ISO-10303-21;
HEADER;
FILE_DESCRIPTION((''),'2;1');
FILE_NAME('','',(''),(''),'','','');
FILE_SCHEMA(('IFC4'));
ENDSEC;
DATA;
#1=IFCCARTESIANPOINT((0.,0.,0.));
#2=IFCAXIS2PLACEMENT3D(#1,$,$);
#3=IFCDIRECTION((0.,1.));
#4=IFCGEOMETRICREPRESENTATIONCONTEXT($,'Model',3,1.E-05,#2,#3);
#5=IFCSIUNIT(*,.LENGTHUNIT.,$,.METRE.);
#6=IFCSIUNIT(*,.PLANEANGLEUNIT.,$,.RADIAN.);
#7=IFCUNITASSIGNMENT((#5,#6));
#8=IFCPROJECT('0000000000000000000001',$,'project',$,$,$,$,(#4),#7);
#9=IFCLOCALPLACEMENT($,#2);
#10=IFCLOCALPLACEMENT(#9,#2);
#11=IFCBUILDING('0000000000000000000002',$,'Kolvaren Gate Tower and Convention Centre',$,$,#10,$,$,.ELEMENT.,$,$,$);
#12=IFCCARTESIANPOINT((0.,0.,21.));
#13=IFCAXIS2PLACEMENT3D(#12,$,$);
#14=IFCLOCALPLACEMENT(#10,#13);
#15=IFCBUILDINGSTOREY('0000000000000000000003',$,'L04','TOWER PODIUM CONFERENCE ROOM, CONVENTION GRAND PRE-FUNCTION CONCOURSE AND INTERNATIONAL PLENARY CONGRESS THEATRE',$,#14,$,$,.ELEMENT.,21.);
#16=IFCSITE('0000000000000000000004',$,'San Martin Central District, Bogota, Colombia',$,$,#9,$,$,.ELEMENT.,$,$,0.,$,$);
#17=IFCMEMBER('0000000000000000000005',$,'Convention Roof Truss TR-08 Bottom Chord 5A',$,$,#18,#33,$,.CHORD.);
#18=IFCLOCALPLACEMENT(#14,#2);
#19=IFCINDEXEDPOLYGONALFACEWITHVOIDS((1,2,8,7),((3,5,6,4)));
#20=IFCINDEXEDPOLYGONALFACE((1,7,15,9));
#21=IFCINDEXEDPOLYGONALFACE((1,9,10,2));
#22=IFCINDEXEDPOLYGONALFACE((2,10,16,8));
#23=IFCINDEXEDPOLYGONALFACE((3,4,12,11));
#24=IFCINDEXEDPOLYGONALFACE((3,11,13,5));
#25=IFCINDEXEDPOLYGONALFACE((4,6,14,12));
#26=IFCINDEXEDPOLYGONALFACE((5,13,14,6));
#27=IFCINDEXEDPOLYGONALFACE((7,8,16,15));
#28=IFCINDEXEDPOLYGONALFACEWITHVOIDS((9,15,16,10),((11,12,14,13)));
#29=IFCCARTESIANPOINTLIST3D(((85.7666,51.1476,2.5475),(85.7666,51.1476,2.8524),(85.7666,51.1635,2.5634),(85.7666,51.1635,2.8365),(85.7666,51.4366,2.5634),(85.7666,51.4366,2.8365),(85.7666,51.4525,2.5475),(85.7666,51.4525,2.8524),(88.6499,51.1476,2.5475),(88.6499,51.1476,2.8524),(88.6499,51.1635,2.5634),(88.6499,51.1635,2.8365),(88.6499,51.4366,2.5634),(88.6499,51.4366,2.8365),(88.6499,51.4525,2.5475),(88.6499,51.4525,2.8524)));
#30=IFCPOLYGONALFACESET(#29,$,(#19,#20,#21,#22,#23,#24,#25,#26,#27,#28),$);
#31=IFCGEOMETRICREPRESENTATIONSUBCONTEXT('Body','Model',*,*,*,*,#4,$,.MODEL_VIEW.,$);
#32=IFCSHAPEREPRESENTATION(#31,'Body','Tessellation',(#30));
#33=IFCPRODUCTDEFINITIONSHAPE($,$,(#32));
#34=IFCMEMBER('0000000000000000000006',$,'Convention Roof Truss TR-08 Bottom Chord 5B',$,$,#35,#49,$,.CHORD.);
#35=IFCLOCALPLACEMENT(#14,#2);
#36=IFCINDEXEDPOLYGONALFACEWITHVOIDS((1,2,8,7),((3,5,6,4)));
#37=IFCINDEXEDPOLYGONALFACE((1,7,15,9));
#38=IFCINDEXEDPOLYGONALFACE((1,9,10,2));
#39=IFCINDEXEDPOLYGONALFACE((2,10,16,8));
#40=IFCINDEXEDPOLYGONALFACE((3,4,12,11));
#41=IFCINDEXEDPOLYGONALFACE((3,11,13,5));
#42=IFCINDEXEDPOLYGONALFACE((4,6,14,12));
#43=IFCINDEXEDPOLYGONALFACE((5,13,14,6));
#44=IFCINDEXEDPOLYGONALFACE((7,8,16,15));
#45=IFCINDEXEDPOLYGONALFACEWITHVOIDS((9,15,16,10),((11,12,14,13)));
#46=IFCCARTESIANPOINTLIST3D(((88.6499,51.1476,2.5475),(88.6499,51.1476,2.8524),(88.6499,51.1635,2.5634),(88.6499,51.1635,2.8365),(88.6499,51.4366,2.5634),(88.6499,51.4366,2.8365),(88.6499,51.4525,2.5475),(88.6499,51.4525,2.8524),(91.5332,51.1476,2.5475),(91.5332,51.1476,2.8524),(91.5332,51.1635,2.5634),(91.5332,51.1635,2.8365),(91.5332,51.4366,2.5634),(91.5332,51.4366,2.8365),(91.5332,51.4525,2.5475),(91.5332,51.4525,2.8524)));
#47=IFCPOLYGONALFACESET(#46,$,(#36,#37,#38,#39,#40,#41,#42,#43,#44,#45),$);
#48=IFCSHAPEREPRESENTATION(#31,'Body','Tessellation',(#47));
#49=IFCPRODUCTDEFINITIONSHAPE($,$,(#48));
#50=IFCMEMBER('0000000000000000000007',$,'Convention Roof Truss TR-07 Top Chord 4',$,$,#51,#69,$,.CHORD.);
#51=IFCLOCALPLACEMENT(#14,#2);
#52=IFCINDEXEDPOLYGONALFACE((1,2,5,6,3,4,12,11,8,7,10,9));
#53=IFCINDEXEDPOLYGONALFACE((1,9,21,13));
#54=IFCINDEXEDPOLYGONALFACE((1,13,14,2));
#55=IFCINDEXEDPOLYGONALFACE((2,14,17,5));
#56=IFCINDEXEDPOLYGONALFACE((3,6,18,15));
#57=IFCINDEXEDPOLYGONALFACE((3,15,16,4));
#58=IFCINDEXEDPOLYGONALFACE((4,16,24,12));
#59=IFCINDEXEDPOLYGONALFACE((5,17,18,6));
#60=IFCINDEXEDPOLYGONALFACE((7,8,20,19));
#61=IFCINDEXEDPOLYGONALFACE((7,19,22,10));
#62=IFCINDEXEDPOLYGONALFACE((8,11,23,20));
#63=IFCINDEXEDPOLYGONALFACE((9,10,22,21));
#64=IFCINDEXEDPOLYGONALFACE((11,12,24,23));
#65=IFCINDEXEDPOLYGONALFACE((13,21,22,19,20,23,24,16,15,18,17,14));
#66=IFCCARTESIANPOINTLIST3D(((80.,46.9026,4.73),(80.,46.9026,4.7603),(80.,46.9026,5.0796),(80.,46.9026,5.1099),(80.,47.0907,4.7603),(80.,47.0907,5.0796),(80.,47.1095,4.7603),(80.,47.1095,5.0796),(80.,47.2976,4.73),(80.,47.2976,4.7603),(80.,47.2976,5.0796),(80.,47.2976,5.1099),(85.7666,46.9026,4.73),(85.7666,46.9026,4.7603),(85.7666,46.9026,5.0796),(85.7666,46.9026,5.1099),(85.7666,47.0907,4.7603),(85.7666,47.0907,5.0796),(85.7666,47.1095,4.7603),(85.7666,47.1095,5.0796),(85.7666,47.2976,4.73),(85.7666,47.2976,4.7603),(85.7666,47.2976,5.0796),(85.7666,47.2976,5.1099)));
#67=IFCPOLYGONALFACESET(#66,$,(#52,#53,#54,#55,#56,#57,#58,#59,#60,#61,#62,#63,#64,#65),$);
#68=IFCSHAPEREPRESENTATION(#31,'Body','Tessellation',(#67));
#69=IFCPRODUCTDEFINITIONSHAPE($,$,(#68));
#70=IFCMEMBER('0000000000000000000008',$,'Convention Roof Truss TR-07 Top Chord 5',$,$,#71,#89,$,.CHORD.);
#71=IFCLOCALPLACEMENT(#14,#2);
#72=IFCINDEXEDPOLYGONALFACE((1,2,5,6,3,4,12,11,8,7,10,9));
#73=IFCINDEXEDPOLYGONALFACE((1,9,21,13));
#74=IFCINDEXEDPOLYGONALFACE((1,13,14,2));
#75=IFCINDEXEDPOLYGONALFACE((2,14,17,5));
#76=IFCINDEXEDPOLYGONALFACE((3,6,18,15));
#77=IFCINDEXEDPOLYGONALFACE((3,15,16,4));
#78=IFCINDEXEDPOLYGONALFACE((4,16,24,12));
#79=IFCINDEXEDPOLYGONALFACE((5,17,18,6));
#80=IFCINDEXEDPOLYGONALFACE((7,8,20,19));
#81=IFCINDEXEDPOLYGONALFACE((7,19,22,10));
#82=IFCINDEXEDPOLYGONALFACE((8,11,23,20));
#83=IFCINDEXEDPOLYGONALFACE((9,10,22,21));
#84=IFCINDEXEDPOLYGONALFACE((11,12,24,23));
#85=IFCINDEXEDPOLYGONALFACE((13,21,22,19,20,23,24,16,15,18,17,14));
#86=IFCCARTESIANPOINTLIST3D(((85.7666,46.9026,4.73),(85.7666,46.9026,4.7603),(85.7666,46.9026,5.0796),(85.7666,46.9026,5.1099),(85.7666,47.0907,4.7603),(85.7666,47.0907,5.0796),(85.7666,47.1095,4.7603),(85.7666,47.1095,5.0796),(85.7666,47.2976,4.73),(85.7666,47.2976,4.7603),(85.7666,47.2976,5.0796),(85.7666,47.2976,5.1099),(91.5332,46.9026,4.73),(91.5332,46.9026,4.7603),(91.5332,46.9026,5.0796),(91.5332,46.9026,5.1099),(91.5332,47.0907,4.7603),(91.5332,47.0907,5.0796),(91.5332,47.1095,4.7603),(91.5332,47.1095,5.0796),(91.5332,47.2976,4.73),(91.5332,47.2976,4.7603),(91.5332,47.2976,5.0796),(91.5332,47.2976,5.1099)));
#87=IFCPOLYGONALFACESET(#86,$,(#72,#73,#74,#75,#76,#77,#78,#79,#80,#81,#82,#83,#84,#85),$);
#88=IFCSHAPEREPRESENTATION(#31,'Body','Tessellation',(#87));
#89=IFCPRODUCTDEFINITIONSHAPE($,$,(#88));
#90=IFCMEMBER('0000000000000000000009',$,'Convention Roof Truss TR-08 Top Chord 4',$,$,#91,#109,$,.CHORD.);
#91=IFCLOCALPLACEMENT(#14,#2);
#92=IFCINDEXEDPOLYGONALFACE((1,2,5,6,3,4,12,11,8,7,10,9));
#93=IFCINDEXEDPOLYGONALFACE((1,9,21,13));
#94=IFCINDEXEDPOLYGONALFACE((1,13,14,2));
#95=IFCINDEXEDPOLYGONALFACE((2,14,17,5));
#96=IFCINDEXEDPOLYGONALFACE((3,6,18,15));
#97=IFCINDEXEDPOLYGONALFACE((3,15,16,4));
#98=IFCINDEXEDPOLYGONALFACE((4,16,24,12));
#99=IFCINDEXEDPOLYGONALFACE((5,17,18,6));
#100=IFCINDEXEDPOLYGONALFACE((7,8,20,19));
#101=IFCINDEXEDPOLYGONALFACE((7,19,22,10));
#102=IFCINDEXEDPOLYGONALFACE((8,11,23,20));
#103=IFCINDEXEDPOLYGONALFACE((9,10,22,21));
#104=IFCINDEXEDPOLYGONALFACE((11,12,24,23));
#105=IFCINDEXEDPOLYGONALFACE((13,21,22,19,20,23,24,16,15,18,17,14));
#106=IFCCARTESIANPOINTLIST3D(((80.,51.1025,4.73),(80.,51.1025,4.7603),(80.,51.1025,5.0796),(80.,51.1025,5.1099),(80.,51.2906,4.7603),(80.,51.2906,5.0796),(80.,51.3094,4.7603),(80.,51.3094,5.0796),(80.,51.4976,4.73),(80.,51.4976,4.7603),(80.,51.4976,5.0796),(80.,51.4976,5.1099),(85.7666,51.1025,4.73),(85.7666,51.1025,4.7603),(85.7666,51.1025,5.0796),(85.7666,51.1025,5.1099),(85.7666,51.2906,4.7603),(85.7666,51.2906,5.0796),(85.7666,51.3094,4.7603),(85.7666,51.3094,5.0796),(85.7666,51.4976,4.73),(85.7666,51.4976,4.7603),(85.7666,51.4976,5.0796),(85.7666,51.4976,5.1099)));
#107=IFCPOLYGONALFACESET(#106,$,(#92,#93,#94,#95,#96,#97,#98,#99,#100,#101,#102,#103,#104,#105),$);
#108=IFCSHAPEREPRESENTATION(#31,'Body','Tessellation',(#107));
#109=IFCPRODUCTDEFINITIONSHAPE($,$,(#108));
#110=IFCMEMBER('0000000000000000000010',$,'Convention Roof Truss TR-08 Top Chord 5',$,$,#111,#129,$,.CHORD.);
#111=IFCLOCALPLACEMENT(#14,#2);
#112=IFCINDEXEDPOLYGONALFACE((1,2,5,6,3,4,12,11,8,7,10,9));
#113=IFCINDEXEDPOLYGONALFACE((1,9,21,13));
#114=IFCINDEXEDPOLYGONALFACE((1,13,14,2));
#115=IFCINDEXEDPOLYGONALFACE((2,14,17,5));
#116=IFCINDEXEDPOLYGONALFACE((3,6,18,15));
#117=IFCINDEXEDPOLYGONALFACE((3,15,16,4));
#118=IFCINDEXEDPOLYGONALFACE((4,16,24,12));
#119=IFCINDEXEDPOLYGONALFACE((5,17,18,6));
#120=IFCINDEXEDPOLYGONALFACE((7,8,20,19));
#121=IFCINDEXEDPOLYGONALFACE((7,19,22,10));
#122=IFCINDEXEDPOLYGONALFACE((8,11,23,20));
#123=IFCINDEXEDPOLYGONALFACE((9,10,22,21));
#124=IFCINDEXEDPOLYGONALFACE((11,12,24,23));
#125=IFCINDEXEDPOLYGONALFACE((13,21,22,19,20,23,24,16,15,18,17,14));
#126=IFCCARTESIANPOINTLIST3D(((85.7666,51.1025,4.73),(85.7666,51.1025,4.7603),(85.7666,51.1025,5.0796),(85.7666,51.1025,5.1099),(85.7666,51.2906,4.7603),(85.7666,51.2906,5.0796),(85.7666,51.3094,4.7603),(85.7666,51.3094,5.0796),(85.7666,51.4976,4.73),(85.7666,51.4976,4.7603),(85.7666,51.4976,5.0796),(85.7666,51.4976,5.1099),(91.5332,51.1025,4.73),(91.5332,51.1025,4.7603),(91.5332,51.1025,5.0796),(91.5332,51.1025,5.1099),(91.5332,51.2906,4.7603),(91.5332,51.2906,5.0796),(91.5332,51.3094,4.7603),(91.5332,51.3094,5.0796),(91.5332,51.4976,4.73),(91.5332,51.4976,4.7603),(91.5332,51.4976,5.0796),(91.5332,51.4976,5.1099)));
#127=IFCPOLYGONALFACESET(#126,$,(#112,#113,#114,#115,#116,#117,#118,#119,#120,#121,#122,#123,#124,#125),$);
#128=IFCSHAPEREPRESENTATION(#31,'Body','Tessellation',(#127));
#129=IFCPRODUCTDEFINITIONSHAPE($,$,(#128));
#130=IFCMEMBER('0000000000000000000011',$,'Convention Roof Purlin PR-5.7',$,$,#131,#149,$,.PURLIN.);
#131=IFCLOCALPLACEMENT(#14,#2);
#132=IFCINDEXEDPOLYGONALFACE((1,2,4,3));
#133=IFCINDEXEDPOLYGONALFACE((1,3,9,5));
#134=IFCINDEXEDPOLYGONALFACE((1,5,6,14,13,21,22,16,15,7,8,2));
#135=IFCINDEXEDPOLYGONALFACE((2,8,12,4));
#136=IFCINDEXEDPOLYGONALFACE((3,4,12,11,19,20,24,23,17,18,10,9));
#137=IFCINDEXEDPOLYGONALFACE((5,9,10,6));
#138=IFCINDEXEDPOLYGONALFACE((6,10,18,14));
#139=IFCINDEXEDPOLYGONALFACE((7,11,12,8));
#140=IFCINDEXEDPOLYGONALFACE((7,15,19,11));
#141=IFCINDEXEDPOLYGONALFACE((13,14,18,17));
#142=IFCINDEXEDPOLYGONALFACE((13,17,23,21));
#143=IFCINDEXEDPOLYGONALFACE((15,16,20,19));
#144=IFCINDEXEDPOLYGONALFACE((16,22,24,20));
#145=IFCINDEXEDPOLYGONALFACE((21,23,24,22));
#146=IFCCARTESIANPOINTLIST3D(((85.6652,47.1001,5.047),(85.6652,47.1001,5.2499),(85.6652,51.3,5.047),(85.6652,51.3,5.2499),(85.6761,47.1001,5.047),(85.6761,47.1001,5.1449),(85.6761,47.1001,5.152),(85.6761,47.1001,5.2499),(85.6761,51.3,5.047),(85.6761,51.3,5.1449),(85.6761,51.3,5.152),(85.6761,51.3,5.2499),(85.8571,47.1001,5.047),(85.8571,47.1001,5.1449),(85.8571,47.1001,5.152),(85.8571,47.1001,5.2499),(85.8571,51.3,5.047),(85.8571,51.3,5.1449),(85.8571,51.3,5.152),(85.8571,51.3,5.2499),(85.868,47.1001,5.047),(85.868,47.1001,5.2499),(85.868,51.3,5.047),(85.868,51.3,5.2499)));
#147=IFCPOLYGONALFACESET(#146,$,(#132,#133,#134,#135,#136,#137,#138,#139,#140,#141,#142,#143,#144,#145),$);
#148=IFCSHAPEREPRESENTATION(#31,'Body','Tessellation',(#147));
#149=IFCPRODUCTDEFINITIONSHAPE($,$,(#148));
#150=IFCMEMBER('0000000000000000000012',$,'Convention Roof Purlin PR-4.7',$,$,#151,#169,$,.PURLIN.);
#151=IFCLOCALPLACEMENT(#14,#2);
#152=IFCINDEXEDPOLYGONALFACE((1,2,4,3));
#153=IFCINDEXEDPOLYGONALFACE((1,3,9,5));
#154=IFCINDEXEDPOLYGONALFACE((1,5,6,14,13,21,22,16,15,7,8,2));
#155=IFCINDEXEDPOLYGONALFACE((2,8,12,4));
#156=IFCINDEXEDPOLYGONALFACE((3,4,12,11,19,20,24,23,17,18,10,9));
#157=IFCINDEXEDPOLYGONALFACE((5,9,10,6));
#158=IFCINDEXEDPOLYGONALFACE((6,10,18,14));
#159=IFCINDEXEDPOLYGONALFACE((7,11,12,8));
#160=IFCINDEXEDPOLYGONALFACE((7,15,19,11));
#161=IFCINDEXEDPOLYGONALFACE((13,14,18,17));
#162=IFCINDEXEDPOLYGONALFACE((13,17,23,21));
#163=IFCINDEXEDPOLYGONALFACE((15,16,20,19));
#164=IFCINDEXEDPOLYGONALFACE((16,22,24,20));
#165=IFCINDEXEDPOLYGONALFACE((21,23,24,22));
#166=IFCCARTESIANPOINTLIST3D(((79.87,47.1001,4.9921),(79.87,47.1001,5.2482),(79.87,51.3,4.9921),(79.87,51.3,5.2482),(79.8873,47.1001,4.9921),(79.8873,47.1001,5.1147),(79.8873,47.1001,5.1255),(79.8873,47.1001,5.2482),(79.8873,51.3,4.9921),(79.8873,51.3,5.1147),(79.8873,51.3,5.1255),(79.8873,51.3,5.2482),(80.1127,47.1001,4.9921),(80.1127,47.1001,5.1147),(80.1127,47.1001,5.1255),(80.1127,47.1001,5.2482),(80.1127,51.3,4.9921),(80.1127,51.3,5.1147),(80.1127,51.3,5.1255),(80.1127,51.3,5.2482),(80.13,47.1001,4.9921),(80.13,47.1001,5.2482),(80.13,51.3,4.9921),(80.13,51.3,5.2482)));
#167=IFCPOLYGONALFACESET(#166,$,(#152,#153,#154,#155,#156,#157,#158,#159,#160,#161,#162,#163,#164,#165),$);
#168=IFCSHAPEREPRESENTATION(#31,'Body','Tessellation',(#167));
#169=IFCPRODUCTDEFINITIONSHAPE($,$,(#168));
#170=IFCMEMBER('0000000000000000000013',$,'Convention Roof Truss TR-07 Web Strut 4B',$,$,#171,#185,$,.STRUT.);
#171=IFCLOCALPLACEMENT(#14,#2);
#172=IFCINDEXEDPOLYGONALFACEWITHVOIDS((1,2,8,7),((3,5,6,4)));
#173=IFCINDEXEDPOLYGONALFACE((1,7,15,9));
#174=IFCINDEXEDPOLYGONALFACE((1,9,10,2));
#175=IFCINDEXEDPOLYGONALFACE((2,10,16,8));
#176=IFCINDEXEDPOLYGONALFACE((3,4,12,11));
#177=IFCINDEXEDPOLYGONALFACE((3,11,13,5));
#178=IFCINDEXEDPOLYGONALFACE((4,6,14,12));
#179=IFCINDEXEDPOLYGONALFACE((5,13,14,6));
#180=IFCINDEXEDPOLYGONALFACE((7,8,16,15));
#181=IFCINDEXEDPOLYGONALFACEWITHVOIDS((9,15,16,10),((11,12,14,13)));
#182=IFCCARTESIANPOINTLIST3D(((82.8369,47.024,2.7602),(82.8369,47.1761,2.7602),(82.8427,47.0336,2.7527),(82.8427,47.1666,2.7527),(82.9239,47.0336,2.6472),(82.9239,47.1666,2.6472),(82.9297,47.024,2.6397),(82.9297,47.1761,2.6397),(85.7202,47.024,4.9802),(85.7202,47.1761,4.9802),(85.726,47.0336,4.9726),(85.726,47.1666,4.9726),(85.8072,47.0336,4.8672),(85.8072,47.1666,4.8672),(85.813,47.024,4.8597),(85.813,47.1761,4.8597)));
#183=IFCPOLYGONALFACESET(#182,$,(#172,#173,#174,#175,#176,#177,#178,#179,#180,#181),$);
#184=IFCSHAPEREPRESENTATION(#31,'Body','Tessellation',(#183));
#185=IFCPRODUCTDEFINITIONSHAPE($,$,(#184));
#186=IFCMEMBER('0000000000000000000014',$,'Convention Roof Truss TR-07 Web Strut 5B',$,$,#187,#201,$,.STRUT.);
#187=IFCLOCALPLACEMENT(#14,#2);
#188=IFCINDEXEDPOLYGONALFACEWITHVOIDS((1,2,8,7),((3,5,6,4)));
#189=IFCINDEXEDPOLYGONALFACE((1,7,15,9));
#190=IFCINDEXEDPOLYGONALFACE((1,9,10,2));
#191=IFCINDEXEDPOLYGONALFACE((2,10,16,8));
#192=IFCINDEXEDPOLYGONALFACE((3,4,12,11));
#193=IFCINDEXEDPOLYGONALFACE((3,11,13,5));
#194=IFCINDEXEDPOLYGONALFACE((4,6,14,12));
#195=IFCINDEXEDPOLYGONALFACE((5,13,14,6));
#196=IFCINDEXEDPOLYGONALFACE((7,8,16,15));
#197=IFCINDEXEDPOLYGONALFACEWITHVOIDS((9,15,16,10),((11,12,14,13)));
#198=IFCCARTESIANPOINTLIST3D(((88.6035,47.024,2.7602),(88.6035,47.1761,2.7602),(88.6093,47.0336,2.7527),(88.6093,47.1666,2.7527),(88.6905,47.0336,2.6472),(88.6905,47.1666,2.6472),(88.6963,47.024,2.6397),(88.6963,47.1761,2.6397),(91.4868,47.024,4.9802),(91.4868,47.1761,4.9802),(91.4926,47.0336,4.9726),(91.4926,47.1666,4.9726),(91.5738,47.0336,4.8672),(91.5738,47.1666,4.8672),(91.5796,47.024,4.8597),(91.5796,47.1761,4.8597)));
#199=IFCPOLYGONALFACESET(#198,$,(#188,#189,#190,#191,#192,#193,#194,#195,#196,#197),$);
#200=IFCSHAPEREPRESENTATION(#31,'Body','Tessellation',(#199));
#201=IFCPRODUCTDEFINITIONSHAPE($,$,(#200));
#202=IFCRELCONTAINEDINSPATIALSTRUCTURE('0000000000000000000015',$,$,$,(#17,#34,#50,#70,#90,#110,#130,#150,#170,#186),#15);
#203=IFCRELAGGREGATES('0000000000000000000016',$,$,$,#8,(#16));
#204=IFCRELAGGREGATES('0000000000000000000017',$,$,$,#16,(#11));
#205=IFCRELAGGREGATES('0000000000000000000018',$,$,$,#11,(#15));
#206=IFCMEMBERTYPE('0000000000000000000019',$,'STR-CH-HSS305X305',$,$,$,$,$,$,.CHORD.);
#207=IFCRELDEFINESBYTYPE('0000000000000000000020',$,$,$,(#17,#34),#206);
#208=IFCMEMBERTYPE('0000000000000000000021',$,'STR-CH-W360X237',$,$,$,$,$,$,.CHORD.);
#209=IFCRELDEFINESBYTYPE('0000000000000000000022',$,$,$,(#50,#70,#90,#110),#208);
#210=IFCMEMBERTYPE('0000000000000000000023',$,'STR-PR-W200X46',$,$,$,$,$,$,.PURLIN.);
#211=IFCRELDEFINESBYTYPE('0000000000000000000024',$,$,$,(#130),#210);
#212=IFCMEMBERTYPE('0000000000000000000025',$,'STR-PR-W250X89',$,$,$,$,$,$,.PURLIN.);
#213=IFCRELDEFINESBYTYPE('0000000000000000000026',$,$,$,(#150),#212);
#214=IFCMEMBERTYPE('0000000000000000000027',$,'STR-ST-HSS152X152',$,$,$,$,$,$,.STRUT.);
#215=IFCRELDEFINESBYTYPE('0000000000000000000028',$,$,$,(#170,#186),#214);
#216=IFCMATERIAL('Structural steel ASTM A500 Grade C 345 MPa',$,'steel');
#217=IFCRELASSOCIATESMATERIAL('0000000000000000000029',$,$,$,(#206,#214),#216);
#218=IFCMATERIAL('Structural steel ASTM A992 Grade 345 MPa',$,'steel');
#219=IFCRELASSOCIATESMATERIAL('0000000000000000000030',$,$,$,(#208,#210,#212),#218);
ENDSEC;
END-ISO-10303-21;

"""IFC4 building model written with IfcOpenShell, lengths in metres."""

from ifc_helpers import new_model, si_unit, direction, frame, origin, origin_2d, place, context, subcontext, project, spatial, hollow_rectangle, i_section, extrude, material, material_profile, profile_set, type_object, element, save


model = new_model("IFC4")

# Units and contexts
model_context = context("Model", 3, precision=1e-05, world=origin(), true_north=direction((0.0, 1.0)))
body_context = subcontext(model_context, "Body", "Model", "MODEL_VIEW")
ifc_project = project(units=[si_unit("LENGTHUNIT", "METRE"), si_unit("PLANEANGLEUNIT", "RADIAN")], contexts=[model_context])

# Site, building, storey
site_placement = place(None, origin())
site = spatial("IfcSite", under=ifc_project, at=site_placement, Name="San Martin Central District, Bogota, Colombia", CompositionType="ELEMENT", RefElevation=0.0)
building_placement = place(site_placement, origin())
building = spatial("IfcBuilding", under=site, at=building_placement, Name="Kolvaren Gate Tower and Convention Centre", CompositionType="ELEMENT")
storey_placement = place(building_placement, frame((0.0, 0.0, 21.0)))
storey = spatial("IfcBuildingStorey", under=building, at=storey_placement, Name="L04", Description="TOWER PODIUM CONFERENCE ROOM, CONVENTION GRAND PRE-FUNCTION CONCOURSE AND INTERNATIONAL PLENARY CONGRESS THEATRE", CompositionType="ELEMENT", Elevation=21.0)

# Shared definitions
ifc_material_1 = material(Name="Structural steel ASTM A992 Grade 345 MPa", Category="steel")

# Members
ifc_material_2 = material(Name="Structural steel ASTM A500 Grade C 345 MPa", Category="steel")
ifc_material_profile_1 = material_profile(ifc_material_2, hollow_rectangle(XDim=0.3049, YDim=0.3049, WallThickness=0.0159, at=origin_2d()), Name="HSS305X305X15.9")
ifc_profile_set_1 = profile_set([ifc_material_profile_1], Name="Structural steel ASTM A500 Grade C 345 MPa")
member_type_1 = type_object("IfcMemberType", Name="STR-CH-HSS305X305", PredefinedType="CHORD", material=ifc_profile_set_1)
for number, where, z_axis, x_axis, name in (
    (1, (85.7666, 51.3, 2.7), (1.0, 0.0, 0.0), (0.0, 1.0, 0.0), "Convention Roof Truss TR-08 Bottom Chord 5A"),
    (2, (88.6499, 51.3, 2.7), (1.0, 0.0, 0.0), (0.0, 1.0, 0.0), "Convention Roof Truss TR-08 Bottom Chord 5B"),
):
    element("IfcMember", number, at=place(storey_placement, frame(where, z_axis=z_axis, x_axis=x_axis)), inside=storey, type_object=member_type_1, Name=name, PredefinedType="CHORD", context=body_context, shape_type="SweptSolid", body=[
        extrude(hollow_rectangle(XDim=0.3049, YDim=0.3049, WallThickness=0.0159, at=origin_2d()), origin(), (0.0, 0.0, 1.0), 2.8833),
    ])
ifc_material_profile_2 = material_profile(ifc_material_1, i_section(OverallWidth=0.395, OverallDepth=0.3799, WebThickness=0.0188, FlangeThickness=0.0303, at=origin_2d()), Name="W360X237")
ifc_profile_set_2 = profile_set([ifc_material_profile_2], Name="Structural steel ASTM A992 Grade 345 MPa")
member_type_2 = type_object("IfcMemberType", Name="STR-CH-W360X237", PredefinedType="CHORD", material=ifc_profile_set_2)
for number, where, z_axis, x_axis, name in (
    (3, (80.0, 47.1001, 4.9199), (1.0, 0.0, 0.0), (0.0, 1.0, 0.0), "Convention Roof Truss TR-07 Top Chord 4"),
    (4, (85.7666, 47.1001, 4.9199), (1.0, 0.0, 0.0), (0.0, 1.0, 0.0), "Convention Roof Truss TR-07 Top Chord 5"),
    (5, (80.0, 51.3, 4.9199), (1.0, 0.0, 0.0), (0.0, 1.0, 0.0), "Convention Roof Truss TR-08 Top Chord 4"),
    (6, (85.7666, 51.3, 4.9199), (1.0, 0.0, 0.0), (0.0, 1.0, 0.0), "Convention Roof Truss TR-08 Top Chord 5"),
):
    element("IfcMember", number, at=place(storey_placement, frame(where, z_axis=z_axis, x_axis=x_axis)), inside=storey, type_object=member_type_2, Name=name, PredefinedType="CHORD", context=body_context, shape_type="SweptSolid", body=[
        extrude(i_section(OverallWidth=0.395, OverallDepth=0.3799, WebThickness=0.0188, FlangeThickness=0.0303, at=origin_2d()), origin(), (0.0, 0.0, 1.0), 5.7666),
    ])
ifc_material_profile_3 = material_profile(ifc_material_1, i_section(OverallWidth=0.2029, OverallDepth=0.2029, WebThickness=0.0071, FlangeThickness=0.011, at=origin_2d()), Name="W200X46")
ifc_profile_set_3 = profile_set([ifc_material_profile_3], Name="Structural steel ASTM A992 Grade 345 MPa")
member_type_3 = type_object("IfcMemberType", Name="STR-PR-W200X46", PredefinedType="PURLIN", material=ifc_profile_set_3)
member_1_placement = place(storey_placement, frame((85.7666, 47.1001, 5.1484), z_axis=(0.0, 1.0, 0.0), x_axis=(0.0, 0.0, 1.0)))
element("IfcMember", 7, at=member_1_placement, inside=storey, type_object=member_type_3, Name="Convention Roof Purlin PR-5.7", PredefinedType="PURLIN", context=body_context, shape_type="SweptSolid", body=[
    extrude(i_section(OverallWidth=0.2029, OverallDepth=0.2029, WebThickness=0.0071, FlangeThickness=0.011, at=origin_2d()), origin(), (0.0, 0.0, 1.0), 4.2),
])
ifc_material_profile_4 = material_profile(ifc_material_1, i_section(OverallWidth=0.2561, OverallDepth=0.26, WebThickness=0.0107, FlangeThickness=0.0173, at=origin_2d()), Name="W250X89")
ifc_profile_set_4 = profile_set([ifc_material_profile_4], Name="Structural steel ASTM A992 Grade 345 MPa")
member_type_4 = type_object("IfcMemberType", Name="STR-PR-W250X89", PredefinedType="PURLIN", material=ifc_profile_set_4)
member_2_placement = place(storey_placement, frame((80.0, 47.1001, 5.1201), z_axis=(0.0, 1.0, 0.0), x_axis=(0.0, 0.0, 1.0)))
element("IfcMember", 8, at=member_2_placement, inside=storey, type_object=member_type_4, Name="Convention Roof Purlin PR-4.7", PredefinedType="PURLIN", context=body_context, shape_type="SweptSolid", body=[
    extrude(i_section(OverallWidth=0.2561, OverallDepth=0.26, WebThickness=0.0107, FlangeThickness=0.0173, at=origin_2d()), origin(), (0.0, 0.0, 1.0), 4.2),
])
ifc_material_profile_5 = material_profile(ifc_material_2, hollow_rectangle(XDim=0.1521, YDim=0.1521, WallThickness=0.0095, at=origin_2d()), Name="HSS152X152X9.5")
ifc_profile_set_5 = profile_set([ifc_material_profile_5], Name="Structural steel ASTM A500 Grade C 345 MPa")
member_type_5 = type_object("IfcMemberType", Name="STR-ST-HSS152X152", PredefinedType="STRUT", material=ifc_profile_set_5)
for number, where, z_axis, x_axis, name in (
    (9, (82.8833, 47.1001, 2.7), (0.792352, 0.0, 0.610064), (0.0, 1.0, 0.0), "Convention Roof Truss TR-07 Web Strut 4B"),
    (10, (88.6499, 47.1001, 2.7), (0.792352, 0.0, 0.610064), (0.0, 1.0, 0.0), "Convention Roof Truss TR-07 Web Strut 5B"),
):
    element("IfcMember", number, at=place(storey_placement, frame(where, z_axis=z_axis, x_axis=x_axis)), inside=storey, type_object=member_type_5, Name=name, PredefinedType="STRUT", context=body_context, shape_type="SweptSolid", body=[
        extrude(hollow_rectangle(XDim=0.1521, YDim=0.1521, WallThickness=0.0095, at=origin_2d()), origin(), (0.0, 0.0, 1.0), 3.6389),
    ])

save(model, "model.ifc")
